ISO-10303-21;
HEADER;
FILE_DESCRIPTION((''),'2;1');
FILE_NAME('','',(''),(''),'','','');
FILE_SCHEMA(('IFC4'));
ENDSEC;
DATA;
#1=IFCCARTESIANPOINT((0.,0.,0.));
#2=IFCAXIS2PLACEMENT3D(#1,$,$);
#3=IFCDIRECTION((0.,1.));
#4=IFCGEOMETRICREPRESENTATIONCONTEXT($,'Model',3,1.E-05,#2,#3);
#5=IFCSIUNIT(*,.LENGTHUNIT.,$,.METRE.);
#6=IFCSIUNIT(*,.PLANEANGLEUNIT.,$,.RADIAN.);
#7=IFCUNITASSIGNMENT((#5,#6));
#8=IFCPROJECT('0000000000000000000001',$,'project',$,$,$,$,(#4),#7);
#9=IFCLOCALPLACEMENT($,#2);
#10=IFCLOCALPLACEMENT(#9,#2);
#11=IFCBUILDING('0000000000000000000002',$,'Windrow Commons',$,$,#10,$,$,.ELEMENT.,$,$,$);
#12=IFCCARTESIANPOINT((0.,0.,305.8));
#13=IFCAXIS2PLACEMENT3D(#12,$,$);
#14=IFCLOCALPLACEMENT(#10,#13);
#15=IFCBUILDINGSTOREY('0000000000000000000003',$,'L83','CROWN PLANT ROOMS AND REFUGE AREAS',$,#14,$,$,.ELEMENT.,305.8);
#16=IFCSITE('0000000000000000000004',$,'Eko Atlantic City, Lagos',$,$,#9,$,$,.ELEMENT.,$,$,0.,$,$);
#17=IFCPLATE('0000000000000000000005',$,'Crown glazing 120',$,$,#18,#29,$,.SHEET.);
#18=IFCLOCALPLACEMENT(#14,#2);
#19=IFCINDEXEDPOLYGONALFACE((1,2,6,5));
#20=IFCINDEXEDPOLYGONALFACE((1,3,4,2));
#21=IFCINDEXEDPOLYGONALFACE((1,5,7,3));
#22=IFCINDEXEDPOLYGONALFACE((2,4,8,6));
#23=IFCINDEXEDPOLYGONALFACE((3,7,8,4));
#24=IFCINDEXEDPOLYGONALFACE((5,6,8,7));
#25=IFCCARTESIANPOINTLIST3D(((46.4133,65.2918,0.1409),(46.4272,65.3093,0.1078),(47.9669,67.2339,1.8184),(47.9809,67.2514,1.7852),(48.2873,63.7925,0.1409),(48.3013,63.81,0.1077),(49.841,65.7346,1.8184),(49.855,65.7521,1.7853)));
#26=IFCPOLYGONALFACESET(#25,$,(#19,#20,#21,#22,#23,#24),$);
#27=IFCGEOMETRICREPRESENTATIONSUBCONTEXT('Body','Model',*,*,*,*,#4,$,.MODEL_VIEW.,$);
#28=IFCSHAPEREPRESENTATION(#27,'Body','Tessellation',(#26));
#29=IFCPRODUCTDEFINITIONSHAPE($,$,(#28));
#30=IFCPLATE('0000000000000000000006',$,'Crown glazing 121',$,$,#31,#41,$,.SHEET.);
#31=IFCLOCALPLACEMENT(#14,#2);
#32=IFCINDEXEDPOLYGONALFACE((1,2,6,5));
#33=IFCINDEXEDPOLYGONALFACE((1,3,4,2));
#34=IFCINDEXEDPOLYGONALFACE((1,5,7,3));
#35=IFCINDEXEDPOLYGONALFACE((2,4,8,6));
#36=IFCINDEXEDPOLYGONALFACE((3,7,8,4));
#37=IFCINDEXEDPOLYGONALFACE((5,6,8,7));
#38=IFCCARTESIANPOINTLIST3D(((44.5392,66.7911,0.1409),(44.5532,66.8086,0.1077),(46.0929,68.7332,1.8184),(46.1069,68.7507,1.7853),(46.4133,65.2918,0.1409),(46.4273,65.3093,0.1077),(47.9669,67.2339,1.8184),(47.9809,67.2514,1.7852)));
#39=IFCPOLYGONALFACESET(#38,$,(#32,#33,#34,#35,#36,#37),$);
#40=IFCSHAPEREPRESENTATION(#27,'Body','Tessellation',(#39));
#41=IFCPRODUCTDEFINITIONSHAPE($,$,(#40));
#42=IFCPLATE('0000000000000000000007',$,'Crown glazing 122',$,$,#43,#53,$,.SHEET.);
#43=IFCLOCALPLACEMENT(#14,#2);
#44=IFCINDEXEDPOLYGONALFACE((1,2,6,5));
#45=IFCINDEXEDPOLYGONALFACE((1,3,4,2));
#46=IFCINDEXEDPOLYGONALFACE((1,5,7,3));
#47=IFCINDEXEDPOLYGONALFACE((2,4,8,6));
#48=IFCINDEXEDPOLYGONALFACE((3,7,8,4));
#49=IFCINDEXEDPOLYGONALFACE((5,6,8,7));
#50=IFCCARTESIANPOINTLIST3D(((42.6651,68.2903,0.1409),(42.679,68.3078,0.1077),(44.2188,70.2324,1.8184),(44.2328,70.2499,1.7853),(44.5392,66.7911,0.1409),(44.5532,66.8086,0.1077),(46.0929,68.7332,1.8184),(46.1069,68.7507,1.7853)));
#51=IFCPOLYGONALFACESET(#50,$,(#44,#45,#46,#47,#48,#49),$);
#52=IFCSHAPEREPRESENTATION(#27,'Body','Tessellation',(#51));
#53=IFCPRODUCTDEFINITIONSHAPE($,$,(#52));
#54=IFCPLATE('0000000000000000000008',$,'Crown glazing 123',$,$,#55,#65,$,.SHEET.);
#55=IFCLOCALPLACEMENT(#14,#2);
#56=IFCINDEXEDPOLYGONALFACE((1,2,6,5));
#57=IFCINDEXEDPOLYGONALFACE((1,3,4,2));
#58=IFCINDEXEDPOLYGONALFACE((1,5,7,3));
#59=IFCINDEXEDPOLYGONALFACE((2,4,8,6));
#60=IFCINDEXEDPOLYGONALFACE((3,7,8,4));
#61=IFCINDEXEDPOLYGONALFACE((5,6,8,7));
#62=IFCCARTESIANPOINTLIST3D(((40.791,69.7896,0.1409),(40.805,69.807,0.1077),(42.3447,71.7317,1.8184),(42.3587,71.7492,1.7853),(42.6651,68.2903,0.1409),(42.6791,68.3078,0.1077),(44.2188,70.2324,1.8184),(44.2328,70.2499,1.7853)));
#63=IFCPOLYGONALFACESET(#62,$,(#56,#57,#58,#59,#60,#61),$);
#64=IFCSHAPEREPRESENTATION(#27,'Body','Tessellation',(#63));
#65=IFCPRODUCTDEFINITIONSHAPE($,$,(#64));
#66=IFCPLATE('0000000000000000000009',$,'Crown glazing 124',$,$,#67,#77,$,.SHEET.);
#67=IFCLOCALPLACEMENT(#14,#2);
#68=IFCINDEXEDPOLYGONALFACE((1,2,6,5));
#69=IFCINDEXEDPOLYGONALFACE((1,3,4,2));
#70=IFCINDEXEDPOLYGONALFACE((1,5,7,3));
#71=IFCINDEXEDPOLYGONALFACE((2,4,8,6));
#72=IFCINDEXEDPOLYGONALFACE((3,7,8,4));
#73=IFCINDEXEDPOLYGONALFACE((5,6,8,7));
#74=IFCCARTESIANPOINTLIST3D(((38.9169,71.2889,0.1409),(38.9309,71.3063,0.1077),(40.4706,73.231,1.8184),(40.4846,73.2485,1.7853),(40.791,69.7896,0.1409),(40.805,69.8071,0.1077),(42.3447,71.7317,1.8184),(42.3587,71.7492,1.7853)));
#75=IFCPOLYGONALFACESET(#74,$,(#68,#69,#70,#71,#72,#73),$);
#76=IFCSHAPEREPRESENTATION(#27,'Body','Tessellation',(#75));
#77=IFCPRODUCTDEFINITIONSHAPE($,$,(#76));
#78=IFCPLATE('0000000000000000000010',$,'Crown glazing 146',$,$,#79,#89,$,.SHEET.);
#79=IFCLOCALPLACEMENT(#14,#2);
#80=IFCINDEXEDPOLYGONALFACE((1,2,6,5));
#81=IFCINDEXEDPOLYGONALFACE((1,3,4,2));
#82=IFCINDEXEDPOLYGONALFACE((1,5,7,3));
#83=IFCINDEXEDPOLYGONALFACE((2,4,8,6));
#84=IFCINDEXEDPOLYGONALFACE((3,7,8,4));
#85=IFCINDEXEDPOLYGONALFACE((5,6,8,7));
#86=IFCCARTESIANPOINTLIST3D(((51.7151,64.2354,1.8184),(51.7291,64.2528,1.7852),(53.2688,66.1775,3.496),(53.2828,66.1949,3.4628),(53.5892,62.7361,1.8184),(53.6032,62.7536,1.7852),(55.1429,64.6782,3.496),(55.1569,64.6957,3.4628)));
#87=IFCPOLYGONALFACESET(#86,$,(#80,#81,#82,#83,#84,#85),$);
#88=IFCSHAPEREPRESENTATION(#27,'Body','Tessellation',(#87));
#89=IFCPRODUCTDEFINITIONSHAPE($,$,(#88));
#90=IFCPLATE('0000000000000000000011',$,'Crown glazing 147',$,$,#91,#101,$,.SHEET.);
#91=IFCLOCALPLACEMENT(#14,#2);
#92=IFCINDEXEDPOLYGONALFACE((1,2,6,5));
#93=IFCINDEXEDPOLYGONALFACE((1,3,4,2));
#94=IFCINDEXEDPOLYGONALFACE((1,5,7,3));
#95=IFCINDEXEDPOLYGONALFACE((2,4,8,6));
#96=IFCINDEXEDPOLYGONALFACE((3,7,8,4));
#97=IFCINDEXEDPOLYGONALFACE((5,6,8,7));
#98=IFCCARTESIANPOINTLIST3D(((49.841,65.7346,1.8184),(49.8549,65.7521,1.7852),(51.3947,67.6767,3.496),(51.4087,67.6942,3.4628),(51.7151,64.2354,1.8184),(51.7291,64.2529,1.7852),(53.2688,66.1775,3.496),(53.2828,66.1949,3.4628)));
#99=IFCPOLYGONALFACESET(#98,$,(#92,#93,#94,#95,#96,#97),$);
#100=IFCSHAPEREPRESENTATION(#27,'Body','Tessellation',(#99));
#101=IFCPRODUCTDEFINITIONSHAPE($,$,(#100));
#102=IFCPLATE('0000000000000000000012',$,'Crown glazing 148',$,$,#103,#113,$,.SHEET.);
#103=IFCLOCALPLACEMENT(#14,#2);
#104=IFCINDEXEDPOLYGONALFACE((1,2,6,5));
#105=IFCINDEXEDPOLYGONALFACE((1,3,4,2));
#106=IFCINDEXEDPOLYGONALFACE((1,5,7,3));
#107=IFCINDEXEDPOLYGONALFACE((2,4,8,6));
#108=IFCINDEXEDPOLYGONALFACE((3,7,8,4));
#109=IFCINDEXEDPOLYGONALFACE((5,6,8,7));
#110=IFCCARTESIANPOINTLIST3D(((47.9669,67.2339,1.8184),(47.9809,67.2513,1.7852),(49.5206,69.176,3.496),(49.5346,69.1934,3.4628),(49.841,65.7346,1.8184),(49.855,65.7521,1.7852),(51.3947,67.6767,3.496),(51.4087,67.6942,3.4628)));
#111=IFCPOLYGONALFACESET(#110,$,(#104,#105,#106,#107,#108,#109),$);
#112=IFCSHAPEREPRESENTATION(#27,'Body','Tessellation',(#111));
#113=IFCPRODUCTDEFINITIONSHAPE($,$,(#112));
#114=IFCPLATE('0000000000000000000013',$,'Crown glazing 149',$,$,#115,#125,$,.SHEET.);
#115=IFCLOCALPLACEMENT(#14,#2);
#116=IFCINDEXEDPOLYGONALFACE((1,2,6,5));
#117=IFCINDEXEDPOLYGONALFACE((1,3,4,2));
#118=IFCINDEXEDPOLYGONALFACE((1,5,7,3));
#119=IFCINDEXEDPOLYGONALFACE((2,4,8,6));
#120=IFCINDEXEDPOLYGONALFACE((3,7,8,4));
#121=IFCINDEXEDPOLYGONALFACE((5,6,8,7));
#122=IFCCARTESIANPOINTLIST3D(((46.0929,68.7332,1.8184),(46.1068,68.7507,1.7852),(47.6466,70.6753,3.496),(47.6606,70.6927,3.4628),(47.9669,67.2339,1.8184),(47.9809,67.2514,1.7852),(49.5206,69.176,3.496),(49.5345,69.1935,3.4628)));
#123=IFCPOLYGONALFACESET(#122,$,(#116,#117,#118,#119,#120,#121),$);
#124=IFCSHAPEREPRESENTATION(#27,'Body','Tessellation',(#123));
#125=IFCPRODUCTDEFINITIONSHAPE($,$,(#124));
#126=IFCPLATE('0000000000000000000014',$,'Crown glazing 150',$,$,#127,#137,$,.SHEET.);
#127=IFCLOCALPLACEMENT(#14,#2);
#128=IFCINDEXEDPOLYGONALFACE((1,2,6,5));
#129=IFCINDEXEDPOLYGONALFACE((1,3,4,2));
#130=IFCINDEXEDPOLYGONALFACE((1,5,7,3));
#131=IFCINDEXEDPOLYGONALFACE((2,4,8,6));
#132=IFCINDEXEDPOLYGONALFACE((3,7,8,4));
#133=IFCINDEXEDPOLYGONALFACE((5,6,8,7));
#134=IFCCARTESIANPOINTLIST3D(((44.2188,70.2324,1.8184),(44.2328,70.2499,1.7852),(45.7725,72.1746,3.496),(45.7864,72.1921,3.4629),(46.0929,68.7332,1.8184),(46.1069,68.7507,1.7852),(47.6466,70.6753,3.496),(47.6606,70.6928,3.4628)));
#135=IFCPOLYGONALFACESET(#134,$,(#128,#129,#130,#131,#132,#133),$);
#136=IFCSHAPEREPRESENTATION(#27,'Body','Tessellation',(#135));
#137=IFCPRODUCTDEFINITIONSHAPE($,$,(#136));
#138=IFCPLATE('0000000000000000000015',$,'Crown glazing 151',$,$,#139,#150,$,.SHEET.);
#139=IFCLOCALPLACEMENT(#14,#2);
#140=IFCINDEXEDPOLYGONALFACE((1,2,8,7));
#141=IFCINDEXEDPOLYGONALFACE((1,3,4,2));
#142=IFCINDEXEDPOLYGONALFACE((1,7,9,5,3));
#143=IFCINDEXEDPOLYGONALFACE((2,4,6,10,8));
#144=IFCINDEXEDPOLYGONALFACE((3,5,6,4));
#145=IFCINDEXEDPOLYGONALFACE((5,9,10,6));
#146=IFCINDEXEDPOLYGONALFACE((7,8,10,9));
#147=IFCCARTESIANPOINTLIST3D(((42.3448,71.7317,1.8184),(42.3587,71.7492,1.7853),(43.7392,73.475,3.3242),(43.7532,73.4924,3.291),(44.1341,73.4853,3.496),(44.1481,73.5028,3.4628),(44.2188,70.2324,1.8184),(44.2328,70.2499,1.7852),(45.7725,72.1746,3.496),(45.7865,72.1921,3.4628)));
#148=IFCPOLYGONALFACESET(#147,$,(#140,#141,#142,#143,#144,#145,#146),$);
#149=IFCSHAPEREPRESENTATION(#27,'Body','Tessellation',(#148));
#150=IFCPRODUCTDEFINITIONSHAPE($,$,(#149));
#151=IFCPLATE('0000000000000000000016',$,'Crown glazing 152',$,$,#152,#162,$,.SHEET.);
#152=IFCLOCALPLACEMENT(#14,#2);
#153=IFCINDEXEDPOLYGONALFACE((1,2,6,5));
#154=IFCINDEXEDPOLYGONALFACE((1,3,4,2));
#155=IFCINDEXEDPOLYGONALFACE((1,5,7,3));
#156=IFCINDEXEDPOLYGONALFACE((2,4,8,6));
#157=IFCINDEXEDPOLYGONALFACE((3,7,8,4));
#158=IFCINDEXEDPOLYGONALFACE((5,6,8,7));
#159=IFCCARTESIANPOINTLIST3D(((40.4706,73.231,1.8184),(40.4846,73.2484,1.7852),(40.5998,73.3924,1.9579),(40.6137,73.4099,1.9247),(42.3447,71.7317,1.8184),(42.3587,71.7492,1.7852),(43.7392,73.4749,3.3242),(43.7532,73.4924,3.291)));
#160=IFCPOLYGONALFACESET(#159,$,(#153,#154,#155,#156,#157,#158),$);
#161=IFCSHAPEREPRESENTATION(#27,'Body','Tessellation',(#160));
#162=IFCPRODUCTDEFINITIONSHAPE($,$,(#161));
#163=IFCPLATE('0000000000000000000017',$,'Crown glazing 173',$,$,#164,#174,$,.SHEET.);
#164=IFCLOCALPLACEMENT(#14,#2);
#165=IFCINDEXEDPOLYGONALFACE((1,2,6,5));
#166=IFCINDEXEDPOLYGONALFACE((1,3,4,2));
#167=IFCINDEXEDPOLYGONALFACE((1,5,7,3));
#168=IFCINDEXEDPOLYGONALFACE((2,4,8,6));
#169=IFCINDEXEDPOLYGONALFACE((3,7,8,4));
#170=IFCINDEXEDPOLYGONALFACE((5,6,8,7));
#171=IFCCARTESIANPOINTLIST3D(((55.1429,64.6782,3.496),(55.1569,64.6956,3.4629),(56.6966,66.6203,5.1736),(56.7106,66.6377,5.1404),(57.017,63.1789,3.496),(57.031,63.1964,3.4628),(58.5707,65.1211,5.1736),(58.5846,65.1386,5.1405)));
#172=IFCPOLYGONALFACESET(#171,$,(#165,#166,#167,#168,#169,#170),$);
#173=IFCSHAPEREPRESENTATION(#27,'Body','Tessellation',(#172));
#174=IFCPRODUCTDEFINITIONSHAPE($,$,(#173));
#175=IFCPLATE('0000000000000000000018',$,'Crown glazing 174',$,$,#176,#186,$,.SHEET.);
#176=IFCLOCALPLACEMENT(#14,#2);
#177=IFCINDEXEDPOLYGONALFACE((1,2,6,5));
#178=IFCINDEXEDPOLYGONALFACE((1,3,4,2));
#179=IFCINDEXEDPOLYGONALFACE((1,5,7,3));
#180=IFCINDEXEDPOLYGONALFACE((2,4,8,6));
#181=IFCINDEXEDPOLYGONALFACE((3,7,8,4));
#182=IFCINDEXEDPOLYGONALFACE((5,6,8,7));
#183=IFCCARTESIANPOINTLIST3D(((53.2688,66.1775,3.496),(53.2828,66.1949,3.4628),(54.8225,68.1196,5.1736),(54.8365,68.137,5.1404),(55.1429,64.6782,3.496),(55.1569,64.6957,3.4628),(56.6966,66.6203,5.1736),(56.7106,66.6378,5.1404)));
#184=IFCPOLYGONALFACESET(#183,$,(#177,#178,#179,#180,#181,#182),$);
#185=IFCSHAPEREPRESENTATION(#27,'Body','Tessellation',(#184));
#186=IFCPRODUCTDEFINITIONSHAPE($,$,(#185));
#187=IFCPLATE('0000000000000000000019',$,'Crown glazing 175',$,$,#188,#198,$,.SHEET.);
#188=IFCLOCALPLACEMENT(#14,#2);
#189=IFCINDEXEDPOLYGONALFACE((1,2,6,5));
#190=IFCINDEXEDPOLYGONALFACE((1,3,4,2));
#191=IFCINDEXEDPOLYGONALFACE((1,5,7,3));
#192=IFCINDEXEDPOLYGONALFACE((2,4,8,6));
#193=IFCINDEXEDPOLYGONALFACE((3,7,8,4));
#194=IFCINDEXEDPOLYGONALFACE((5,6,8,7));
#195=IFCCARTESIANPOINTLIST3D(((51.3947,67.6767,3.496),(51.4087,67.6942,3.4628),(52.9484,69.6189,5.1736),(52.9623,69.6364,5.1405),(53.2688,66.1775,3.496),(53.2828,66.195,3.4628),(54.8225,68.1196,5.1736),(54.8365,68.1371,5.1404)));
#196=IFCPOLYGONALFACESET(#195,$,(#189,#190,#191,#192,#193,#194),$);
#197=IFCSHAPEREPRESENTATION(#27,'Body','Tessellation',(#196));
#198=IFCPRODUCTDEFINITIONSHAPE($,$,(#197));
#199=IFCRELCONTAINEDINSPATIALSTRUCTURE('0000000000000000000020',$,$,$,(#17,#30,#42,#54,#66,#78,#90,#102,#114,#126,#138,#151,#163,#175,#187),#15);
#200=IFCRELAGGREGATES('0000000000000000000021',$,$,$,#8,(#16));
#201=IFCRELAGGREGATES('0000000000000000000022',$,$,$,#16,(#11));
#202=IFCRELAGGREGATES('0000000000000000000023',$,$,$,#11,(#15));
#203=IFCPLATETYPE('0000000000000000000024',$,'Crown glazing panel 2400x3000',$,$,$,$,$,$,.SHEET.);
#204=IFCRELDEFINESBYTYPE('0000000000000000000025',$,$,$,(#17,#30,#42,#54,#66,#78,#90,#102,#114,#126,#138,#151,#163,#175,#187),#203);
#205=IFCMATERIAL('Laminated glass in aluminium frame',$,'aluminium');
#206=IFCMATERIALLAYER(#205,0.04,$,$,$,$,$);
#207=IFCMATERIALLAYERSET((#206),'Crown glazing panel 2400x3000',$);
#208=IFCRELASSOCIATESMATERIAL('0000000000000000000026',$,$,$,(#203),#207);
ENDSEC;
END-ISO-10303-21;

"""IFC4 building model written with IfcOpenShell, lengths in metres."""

from ifc_helpers import new_model, si_unit, direction, frame, origin, place, context, subcontext, project, spatial, polyline, outline, extrude, material, layer, layer_set, type_object, element, save


model = new_model("IFC4")

# Units and contexts
model_context = context("Model", 3, precision=1e-05, world=origin(), true_north=direction((0.0, 1.0)))
body_context = subcontext(model_context, "Body", "Model", "MODEL_VIEW")
ifc_project = project(units=[si_unit("LENGTHUNIT", "METRE"), si_unit("PLANEANGLEUNIT", "RADIAN")], contexts=[model_context])

# Site, building, storey
site_placement = place(None, origin())
site = spatial("IfcSite", under=ifc_project, at=site_placement, Name="Eko Atlantic City, Lagos", CompositionType="ELEMENT", RefElevation=0.0)
building_placement = place(site_placement, origin())
building = spatial("IfcBuilding", under=site, at=building_placement, Name="Windrow Commons", CompositionType="ELEMENT")
storey_placement = place(building_placement, frame((0.0, 0.0, 305.8)))
storey = spatial("IfcBuildingStorey", under=building, at=storey_placement, Name="L83", Description="CROWN PLANT ROOMS AND REFUGE AREAS", CompositionType="ELEMENT", Elevation=305.8)

# Plates
ifc_material_1 = material(Name="Laminated glass in aluminium frame", Category="aluminium")
ifc_layer_1 = layer(ifc_material_1, 0.04)
ifc_layer_set_1 = layer_set([ifc_layer_1], Name="Crown glazing panel 2400x3000")
plate_type = type_object("IfcPlateType", Name="Crown glazing panel 2400x3000", PredefinedType="SHEET", material=ifc_layer_set_1)
plate_1_placement = place(storey_placement, frame((48.2873, 63.7925, 0.1409), z_axis=(-0.349325, -0.436639, 0.829047), x_axis=(-0.780851, 0.624717, 0.000006)))
element("IfcPlate", 1, at=plate_1_placement, inside=storey, type_object=plate_type, Name="Crown glazing 120", PredefinedType="SHEET", context=body_context, shape_type="SweptSolid", body=[
    extrude(outline(polyline([(0.0, 0.0), (2.4, 0.0), (2.4001, -2.9999), (0.0001, -3.0), (0.0, 0.0)])), origin(), (0.0, 0.0, -1.0), 0.04),
])
plate_2_placement = place(storey_placement, frame((46.4133, 65.2918, 0.1409), z_axis=(-0.349325, -0.436639, 0.829047), x_axis=(-0.780862, 0.624703, -0.000006)))
element("IfcPlate", 2, at=plate_2_placement, inside=storey, type_object=plate_type, Name="Crown glazing 121", PredefinedType="SHEET", context=body_context, shape_type="SweptSolid", body=[
    extrude(outline(polyline([(0.0, 0.0), (2.4, 0.0), (2.4, -3.0), (0.0001, -2.9999), (0.0, 0.0)])), origin(), (0.0, 0.0, -1.0), 0.04),
])
plate_3_placement = place(storey_placement, frame((44.5392, 66.7911, 0.1409), z_axis=(-0.349302, -0.436651, 0.82905), x_axis=(-0.780885, 0.624675, 0.0)))
element("IfcPlate", 3, at=plate_3_placement, inside=storey, type_object=plate_type, Name="Crown glazing 122", PredefinedType="SHEET", context=body_context, shape_type="SweptSolid", body=[
    extrude(outline(polyline([(0.0, 0.0), (2.4, 0.0), (2.3999, -3.0), (-0.0001, -3.0), (0.0, 0.0)])), origin(), (0.0, 0.0, -1.0), 0.04),
])
for number, where, z_axis, x_axis, name in (
    (4, (42.6651, 68.2903, 0.1409), (-0.349316, -0.43664, 0.82905), (-0.780865, 0.6247, 0.0), "Crown glazing 123"),
    (5, (40.791, 69.7896, 0.1409), (-0.349316, -0.43664, 0.82905), (-0.780865, 0.6247, 0.0), "Crown glazing 124"),
    (6, (53.5892, 62.7361, 1.8184), (-0.349331, -0.436658, 0.829034), (-0.780865, 0.6247, 0.0), "Crown glazing 146"),
):
    element("IfcPlate", number, at=place(storey_placement, frame(where, z_axis=z_axis, x_axis=x_axis)), inside=storey, type_object=plate_type, Name=name, PredefinedType="SHEET", context=body_context, shape_type="SweptSolid", body=[
        extrude(outline(polyline([(0.0, 0.0), (2.4, 0.0), (2.4, -3.0), (0.0, -3.0), (0.0, 0.0)])), origin(), (0.0, 0.0, -1.0), 0.04),
    ])
plate_4_placement = place(storey_placement, frame((51.7151, 64.2354, 1.8184), z_axis=(-0.349317, -0.436669, 0.829034), x_axis=(-0.780885, 0.624675, 0.0)))
element("IfcPlate", 7, at=plate_4_placement, inside=storey, type_object=plate_type, Name="Crown glazing 147", PredefinedType="SHEET", context=body_context, shape_type="SweptSolid", body=[
    extrude(outline(polyline([(0.0, 0.0), (2.4, 0.0), (2.3999, -3.0), (-0.0001, -3.0), (0.0, 0.0)])), origin(), (0.0, 0.0, -1.0), 0.04),
])
plate_5_placement = place(storey_placement, frame((49.841, 65.7346, 1.8184), z_axis=(-0.349331, -0.436658, 0.829034), x_axis=(-0.780865, 0.6247, 0.0)))
element("IfcPlate", 8, at=plate_5_placement, inside=storey, type_object=plate_type, Name="Crown glazing 148", PredefinedType="SHEET", context=body_context, shape_type="SweptSolid", body=[
    extrude(outline(polyline([(0.0, 0.0), (2.4, 0.0), (2.4, -3.0), (0.0, -3.0), (0.0, 0.0)])), origin(), (0.0, 0.0, -1.0), 0.04),
])
plate_6_placement = place(storey_placement, frame((47.9669, 67.2339, 1.8184), z_axis=(-0.349342, -0.436649, 0.829034), x_axis=(-0.780848, 0.62472, 0.0)))
element("IfcPlate", 9, at=plate_6_placement, inside=storey, type_object=plate_type, Name="Crown glazing 149", PredefinedType="SHEET", context=body_context, shape_type="SweptSolid", body=[
    extrude(outline(polyline([(0.0, 0.0), (2.4, 0.0), (2.4, -3.0), (0.0001, -3.0), (0.0, 0.0)])), origin(), (0.0, 0.0, -1.0), 0.04),
])
plate_7_placement = place(storey_placement, frame((46.0929, 68.7332, 1.8184), z_axis=(-0.34932, -0.436659, 0.829038), x_axis=(-0.780882, 0.624679, -0.000008)))
element("IfcPlate", 10, at=plate_7_placement, inside=storey, type_object=plate_type, Name="Crown glazing 150", PredefinedType="SHEET", context=body_context, shape_type="SweptSolid", body=[
    extrude(outline(polyline([(0.0, 0.0), (2.4, 0.0), (2.4, -3.0001), (-0.0001, -3.0), (0.0, 0.0)])), origin(), (0.0, 0.0, -1.0), 0.04),
])
plate_8_placement = place(storey_placement, frame((44.1341, 73.4853, 3.496), z_axis=(-0.349313, -0.436661, 0.82904), x_axis=(0.780876, -0.624686, -0.000007)))
element("IfcPlate", 11, at=plate_8_placement, inside=storey, type_object=plate_type, Name="Crown glazing 151", PredefinedType="SHEET", context=body_context, shape_type="SweptSolid", body=[
    extrude(outline(polyline([(0.0, 0.0), (2.0982, 0.0), (2.0982, -3.0001), (-0.3018, -3.0), (-0.3019, -0.3073), (0.0, 0.0)])), origin(), (0.0, 0.0, -1.0), 0.04),
])
plate_9_placement = place(storey_placement, frame((43.7392, 73.4749, 3.3242), z_axis=(-0.349329, -0.436699, 0.829013), x_axis=(-0.517867, -0.647361, -0.559229)))
element("IfcPlate", 12, at=plate_9_placement, inside=storey, type_object=plate_type, Name="Crown glazing 152", PredefinedType="SHEET", context=body_context, shape_type="SweptSolid", body=[
    extrude(outline(polyline([(0.0, 0.0), (2.6927, 0.0), (2.6927, -2.4), (2.4433, -2.4), (0.0, 0.0)])), origin(), (0.0, 0.0, -1.0), 0.04),
])
plate_10_placement = place(storey_placement, frame((57.017, 63.1789, 3.496), z_axis=(-0.34932, -0.436659, 0.829038), x_axis=(-0.780868, 0.624696, 0.000008)))
element("IfcPlate", 13, at=plate_10_placement, inside=storey, type_object=plate_type, Name="Crown glazing 173", PredefinedType="SHEET", context=body_context, shape_type="SweptSolid", body=[
    extrude(outline(polyline([(0.0, 0.0), (2.4, 0.0), (2.4, -3.0), (0.0001, -3.0001), (0.0, 0.0)])), origin(), (0.0, 0.0, -1.0), 0.04),
])
plate_11_placement = place(storey_placement, frame((55.1429, 64.6782, 3.496), z_axis=(-0.349331, -0.436658, 0.829034), x_axis=(-0.780865, 0.6247, 0.0)))
element("IfcPlate", 14, at=plate_11_placement, inside=storey, type_object=plate_type, Name="Crown glazing 174", PredefinedType="SHEET", context=body_context, shape_type="SweptSolid", body=[
    extrude(outline(polyline([(0.0, 0.0), (2.4, 0.0), (2.4, -3.0), (0.0, -3.0), (0.0, 0.0)])), origin(), (0.0, 0.0, -1.0), 0.04),
])
plate_12_placement = place(storey_placement, frame((53.2688, 66.1775, 3.496), z_axis=(-0.34932, -0.436659, 0.829038), x_axis=(-0.780882, 0.624679, -0.000008)))
element("IfcPlate", 15, at=plate_12_placement, inside=storey, type_object=plate_type, Name="Crown glazing 175", PredefinedType="SHEET", context=body_context, shape_type="SweptSolid", body=[
    extrude(outline(polyline([(0.0, 0.0), (2.4, 0.0), (2.4, -3.0001), (-0.0001, -3.0), (0.0, 0.0)])), origin(), (0.0, 0.0, -1.0), 0.04),
])

save(model, "model.ifc")
